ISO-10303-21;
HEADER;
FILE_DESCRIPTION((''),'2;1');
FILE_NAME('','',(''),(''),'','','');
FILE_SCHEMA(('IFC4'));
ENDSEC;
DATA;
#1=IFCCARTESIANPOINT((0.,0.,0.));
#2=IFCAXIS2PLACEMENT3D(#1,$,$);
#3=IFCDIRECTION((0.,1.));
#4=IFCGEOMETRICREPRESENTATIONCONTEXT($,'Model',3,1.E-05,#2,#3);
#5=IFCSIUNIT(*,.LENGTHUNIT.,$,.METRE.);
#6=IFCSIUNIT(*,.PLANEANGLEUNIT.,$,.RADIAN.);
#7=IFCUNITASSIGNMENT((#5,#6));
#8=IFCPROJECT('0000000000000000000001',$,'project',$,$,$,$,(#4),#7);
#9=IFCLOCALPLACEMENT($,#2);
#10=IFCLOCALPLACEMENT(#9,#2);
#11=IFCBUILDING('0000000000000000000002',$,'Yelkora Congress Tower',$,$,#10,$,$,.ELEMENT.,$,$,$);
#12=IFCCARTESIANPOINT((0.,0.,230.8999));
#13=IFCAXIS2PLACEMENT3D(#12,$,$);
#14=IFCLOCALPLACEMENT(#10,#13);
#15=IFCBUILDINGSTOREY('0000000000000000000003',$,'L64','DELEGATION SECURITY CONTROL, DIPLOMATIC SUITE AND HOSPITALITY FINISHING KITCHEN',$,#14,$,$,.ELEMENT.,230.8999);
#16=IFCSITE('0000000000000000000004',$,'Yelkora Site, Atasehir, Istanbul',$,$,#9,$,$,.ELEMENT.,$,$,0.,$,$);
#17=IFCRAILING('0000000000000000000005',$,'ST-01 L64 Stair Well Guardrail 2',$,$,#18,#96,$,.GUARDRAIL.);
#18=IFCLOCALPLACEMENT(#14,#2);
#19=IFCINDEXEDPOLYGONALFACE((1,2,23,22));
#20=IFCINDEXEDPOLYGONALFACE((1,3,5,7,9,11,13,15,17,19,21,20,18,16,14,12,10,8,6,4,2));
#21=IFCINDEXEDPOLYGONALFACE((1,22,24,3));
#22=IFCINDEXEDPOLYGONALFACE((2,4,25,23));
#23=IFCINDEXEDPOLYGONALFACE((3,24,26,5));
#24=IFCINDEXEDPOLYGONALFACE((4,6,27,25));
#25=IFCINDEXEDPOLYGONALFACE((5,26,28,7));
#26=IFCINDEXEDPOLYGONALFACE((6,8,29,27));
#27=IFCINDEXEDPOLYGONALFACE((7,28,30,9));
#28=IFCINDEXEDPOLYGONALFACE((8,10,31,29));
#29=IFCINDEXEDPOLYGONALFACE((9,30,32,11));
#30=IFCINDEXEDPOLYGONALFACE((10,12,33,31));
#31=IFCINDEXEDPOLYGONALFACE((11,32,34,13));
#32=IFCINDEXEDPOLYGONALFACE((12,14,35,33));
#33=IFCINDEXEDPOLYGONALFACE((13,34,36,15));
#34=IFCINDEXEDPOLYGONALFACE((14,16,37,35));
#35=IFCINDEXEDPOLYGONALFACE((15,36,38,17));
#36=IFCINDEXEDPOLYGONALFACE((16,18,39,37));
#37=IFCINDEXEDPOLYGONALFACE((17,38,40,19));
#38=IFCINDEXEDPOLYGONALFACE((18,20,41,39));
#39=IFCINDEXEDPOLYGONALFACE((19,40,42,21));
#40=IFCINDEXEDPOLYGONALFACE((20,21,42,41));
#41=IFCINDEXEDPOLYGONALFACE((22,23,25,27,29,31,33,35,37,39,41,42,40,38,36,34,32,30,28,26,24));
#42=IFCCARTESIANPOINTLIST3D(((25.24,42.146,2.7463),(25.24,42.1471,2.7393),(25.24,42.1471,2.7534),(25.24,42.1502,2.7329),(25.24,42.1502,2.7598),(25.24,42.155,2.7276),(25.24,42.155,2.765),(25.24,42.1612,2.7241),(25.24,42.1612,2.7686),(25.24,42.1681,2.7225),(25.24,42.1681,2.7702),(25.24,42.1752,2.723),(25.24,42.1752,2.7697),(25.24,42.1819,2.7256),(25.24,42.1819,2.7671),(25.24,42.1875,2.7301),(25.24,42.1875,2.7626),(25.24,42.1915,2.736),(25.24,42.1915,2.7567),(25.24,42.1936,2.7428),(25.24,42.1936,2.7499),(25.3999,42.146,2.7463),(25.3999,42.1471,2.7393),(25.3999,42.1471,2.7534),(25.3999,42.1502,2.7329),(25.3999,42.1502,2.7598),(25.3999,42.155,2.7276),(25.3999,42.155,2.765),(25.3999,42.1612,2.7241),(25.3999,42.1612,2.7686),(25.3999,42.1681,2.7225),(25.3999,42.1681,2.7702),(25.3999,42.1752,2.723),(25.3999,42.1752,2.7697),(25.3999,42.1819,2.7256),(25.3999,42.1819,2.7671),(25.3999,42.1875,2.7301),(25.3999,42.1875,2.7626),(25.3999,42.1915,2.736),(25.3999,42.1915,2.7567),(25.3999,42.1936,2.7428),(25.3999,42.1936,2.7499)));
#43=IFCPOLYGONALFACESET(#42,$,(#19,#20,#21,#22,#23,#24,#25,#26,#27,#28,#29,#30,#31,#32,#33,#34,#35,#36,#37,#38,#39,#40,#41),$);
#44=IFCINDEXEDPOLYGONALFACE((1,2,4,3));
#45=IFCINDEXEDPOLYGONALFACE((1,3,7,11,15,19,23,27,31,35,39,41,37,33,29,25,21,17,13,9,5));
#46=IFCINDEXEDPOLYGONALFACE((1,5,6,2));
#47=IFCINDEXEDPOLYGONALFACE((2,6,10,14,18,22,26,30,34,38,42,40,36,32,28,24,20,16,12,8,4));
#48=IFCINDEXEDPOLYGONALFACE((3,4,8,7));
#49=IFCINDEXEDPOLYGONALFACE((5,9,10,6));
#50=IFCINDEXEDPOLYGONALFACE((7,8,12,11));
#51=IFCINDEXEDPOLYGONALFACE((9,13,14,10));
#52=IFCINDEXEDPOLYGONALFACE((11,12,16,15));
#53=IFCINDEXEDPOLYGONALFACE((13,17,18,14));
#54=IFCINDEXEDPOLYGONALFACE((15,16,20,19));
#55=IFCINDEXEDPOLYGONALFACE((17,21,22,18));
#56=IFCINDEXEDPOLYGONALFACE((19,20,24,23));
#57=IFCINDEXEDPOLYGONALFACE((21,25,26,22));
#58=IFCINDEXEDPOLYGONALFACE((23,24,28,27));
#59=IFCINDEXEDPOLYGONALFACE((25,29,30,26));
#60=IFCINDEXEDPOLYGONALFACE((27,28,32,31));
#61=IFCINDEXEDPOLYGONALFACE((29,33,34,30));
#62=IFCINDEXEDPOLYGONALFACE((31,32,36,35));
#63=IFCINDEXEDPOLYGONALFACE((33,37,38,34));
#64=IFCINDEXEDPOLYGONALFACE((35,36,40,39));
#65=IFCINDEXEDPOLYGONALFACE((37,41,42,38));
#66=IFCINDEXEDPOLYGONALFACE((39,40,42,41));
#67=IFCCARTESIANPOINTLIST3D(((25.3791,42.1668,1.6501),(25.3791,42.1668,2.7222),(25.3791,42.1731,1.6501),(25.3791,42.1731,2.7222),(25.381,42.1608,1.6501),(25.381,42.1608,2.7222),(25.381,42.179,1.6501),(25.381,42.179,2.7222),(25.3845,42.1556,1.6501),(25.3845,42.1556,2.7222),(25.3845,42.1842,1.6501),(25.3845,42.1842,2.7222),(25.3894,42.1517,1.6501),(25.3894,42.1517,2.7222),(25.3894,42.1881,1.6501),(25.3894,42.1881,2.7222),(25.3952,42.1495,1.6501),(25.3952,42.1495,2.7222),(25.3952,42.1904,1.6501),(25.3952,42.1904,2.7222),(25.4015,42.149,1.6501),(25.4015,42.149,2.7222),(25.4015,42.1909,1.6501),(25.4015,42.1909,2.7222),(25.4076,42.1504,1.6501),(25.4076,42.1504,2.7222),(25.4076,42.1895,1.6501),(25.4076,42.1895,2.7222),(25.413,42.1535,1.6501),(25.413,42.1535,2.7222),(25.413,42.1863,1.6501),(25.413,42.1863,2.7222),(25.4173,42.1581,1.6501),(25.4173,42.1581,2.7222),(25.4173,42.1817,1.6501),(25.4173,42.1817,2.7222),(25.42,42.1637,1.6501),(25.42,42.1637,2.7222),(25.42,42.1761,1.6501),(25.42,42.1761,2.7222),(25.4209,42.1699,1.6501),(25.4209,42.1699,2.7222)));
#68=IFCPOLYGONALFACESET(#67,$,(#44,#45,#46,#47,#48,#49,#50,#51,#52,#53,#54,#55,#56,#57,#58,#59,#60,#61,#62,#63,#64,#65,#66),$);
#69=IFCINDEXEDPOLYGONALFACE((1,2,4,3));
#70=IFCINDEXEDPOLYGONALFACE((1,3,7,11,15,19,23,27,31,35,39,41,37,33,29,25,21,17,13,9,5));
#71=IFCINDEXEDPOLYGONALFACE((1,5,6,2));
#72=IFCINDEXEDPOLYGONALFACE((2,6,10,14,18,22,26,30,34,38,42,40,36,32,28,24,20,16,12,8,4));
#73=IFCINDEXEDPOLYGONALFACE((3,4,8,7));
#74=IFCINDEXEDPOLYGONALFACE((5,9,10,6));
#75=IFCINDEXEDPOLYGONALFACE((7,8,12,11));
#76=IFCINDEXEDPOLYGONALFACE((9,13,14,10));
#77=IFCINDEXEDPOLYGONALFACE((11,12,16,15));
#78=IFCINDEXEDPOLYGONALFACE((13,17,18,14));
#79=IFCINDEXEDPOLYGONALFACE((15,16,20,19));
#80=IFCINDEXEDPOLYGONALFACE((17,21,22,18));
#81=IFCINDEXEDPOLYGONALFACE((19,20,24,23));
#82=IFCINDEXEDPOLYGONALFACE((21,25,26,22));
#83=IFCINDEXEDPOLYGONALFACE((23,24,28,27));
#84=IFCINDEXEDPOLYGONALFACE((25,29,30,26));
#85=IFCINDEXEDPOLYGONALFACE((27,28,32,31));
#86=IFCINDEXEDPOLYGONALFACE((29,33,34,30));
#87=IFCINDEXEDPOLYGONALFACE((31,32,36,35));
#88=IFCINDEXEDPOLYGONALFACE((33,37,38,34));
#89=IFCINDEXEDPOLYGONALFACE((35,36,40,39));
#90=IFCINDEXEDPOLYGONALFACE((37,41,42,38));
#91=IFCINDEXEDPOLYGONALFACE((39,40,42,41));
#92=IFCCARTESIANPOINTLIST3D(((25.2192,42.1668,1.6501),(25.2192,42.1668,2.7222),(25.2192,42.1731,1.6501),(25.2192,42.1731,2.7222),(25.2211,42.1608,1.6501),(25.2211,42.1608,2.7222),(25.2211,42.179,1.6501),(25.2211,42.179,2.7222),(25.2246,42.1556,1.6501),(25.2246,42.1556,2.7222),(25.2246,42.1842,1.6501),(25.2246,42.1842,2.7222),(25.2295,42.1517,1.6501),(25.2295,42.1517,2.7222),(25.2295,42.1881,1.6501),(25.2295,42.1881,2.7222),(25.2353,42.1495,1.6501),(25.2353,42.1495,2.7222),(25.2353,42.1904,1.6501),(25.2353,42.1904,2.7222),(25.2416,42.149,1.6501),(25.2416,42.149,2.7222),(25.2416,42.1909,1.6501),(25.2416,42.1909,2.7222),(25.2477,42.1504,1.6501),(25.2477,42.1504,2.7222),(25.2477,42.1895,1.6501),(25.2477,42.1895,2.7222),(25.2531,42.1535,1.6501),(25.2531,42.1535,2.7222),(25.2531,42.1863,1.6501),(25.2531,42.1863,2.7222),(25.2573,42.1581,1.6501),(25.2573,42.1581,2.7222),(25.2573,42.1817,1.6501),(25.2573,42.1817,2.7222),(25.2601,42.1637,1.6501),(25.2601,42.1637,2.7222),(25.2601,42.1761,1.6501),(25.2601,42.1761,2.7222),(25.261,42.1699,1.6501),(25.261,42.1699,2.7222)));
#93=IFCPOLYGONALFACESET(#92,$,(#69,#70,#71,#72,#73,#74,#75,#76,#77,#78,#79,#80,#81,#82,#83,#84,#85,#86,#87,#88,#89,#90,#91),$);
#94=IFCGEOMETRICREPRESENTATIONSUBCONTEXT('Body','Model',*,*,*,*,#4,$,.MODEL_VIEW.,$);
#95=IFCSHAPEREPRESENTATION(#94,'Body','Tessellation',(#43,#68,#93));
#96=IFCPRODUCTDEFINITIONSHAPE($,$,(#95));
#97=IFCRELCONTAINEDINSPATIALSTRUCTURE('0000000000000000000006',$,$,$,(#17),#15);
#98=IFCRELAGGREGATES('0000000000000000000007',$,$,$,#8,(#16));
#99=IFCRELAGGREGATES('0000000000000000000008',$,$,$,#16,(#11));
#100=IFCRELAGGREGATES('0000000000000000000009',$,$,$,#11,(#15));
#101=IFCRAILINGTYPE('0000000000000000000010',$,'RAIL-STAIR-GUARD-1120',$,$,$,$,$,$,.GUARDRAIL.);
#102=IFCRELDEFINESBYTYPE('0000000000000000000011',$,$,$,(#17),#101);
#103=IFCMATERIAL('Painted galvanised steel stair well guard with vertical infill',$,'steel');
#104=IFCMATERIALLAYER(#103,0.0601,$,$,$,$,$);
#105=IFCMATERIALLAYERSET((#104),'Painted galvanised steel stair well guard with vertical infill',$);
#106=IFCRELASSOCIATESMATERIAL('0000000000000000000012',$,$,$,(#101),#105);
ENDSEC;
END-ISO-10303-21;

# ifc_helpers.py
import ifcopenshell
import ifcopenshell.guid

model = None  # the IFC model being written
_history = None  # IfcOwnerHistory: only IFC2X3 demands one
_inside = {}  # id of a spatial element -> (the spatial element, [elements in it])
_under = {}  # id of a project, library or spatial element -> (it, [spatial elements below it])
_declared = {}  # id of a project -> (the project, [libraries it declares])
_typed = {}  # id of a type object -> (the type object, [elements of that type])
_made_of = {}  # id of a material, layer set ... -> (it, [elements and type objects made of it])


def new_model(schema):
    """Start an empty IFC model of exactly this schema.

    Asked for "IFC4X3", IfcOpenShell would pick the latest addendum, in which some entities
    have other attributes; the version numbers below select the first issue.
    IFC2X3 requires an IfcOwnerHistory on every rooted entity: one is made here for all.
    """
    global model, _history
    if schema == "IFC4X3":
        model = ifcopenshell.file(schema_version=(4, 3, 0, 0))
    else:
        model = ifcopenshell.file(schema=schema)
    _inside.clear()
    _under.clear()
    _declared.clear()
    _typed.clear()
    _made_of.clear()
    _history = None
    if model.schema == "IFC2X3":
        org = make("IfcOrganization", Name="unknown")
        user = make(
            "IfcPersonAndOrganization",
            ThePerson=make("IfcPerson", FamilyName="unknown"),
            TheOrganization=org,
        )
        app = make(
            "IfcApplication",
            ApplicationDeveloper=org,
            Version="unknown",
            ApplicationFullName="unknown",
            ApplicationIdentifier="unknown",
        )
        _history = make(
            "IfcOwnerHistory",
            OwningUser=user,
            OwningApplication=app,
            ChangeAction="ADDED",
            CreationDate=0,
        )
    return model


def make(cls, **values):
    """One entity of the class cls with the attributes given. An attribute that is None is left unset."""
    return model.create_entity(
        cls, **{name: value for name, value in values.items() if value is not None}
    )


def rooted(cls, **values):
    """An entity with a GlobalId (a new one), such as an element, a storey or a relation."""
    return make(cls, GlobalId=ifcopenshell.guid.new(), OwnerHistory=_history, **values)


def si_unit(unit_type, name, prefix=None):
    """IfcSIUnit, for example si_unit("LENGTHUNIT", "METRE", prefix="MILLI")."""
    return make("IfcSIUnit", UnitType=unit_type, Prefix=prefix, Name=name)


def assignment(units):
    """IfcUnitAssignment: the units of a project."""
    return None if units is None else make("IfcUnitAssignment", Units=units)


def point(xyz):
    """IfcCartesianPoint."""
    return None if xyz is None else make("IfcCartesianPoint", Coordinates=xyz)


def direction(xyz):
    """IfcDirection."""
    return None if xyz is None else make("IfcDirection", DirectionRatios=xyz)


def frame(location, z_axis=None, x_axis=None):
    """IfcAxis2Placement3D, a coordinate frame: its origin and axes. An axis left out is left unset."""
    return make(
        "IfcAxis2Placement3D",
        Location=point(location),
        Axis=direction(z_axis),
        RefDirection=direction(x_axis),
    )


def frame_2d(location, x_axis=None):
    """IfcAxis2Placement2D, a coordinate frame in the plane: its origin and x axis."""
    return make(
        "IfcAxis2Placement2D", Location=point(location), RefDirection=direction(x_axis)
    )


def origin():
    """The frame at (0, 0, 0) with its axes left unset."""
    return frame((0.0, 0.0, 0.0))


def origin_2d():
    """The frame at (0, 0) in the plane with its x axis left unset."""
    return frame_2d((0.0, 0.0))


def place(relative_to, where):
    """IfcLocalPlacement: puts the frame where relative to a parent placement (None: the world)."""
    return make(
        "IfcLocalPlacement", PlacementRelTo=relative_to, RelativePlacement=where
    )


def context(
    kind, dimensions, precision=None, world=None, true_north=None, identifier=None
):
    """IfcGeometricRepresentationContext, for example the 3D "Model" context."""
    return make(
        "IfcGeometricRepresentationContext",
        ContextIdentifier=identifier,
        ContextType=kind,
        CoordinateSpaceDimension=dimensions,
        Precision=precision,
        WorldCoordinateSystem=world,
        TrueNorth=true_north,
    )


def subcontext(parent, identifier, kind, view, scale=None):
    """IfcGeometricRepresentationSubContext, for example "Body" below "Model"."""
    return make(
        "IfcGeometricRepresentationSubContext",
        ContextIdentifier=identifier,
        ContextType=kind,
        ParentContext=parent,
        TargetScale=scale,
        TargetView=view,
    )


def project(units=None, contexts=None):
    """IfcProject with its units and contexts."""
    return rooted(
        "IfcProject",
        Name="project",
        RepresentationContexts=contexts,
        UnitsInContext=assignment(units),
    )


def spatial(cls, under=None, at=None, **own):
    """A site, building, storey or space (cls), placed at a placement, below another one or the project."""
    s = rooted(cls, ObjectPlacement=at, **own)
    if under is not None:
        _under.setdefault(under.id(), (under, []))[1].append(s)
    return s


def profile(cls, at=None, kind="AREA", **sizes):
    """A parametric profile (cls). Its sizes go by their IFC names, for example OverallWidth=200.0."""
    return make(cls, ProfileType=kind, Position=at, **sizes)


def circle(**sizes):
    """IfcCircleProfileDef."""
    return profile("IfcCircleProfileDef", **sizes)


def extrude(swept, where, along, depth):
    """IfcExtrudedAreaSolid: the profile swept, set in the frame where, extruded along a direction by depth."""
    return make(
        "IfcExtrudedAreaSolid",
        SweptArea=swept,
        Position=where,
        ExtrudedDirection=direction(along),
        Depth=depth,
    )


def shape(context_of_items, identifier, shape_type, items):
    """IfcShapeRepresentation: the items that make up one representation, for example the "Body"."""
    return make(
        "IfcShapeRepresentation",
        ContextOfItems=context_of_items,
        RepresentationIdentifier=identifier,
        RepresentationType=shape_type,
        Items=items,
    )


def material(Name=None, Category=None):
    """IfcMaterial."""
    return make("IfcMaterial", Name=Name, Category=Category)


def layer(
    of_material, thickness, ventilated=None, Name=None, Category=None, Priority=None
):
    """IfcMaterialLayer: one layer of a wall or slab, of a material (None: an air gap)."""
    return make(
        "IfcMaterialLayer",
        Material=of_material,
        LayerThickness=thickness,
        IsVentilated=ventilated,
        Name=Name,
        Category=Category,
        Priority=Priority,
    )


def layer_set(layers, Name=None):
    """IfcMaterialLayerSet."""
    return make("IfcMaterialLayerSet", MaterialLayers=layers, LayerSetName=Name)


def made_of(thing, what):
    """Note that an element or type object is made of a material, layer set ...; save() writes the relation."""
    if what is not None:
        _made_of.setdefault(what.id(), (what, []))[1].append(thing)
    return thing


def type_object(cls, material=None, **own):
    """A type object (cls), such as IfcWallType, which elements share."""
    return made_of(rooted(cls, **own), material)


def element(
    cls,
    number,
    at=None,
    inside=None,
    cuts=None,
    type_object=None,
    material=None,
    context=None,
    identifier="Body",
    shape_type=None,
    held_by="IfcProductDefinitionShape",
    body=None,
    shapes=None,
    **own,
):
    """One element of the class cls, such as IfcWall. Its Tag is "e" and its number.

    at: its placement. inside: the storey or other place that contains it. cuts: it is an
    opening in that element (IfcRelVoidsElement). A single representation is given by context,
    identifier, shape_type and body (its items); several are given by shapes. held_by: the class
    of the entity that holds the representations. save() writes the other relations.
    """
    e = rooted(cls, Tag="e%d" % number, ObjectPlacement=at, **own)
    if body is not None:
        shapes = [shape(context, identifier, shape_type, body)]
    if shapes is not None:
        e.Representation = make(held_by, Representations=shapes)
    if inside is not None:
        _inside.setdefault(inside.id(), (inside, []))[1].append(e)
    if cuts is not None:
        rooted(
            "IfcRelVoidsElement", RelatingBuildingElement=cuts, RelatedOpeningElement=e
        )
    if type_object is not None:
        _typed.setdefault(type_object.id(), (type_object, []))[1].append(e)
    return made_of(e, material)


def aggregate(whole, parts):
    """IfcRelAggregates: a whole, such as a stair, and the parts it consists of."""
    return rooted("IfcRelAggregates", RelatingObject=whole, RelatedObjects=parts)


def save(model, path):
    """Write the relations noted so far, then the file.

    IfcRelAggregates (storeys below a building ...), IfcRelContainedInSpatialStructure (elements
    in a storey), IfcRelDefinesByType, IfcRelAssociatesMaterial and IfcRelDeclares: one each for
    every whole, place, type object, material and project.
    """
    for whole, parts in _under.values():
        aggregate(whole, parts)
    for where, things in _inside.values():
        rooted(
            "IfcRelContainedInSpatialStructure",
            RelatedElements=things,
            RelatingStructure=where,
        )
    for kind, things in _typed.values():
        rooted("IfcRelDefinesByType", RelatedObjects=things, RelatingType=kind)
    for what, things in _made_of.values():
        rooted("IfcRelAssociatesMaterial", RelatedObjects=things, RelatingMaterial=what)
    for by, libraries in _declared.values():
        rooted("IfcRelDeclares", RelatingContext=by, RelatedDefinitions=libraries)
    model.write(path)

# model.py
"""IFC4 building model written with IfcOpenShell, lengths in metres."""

from ifc_helpers import new_model, si_unit, direction, frame, origin, origin_2d, place, context, subcontext, project, spatial, circle, extrude, material, layer, layer_set, type_object, element, save


model = new_model("IFC4")

# Units and contexts
model_context = context("Model", 3, precision=1e-05, world=origin(), true_north=direction((0.0, 1.0)))
body_context = subcontext(model_context, "Body", "Model", "MODEL_VIEW")
ifc_project = project(units=[si_unit("LENGTHUNIT", "METRE"), si_unit("PLANEANGLEUNIT", "RADIAN")], contexts=[model_context])

# Site, building, storey
site_placement = place(None, origin())
site = spatial("IfcSite", under=ifc_project, at=site_placement, Name="Yelkora Site, Atasehir, Istanbul", CompositionType="ELEMENT", RefElevation=0.0)
building_placement = place(site_placement, origin())
building = spatial("IfcBuilding", under=site, at=building_placement, Name="Yelkora Congress Tower", CompositionType="ELEMENT")
storey_placement = place(building_placement, frame((0.0, 0.0, 230.8999)))
storey = spatial("IfcBuildingStorey", under=building, at=storey_placement, Name="L64", Description="DELEGATION SECURITY CONTROL, DIPLOMATIC SUITE AND HOSPITALITY FINISHING KITCHEN", CompositionType="ELEMENT", Elevation=230.8999)

# Railing
ifc_material_1 = material(Name="Painted galvanised steel stair well guard with vertical infill", Category="steel")
ifc_layer_1 = layer(ifc_material_1, 0.0601)
ifc_layer_set_1 = layer_set([ifc_layer_1], Name="Painted galvanised steel stair well guard with vertical infill")
railing_type_1 = type_object("IfcRailingType", Name="RAIL-STAIR-GUARD-1120", PredefinedType="GUARDRAIL", material=ifc_layer_set_1)
railing_1_placement = place(storey_placement, frame((25.3999, 42.1699, 1.6501)))
element("IfcRailing", 1, at=railing_1_placement, inside=storey, type_object=railing_type_1, Name="ST-01 L64 Stair Well Guardrail 2", PredefinedType="GUARDRAIL", context=body_context, shape_type="SweptSolid", body=[
    extrude(circle(Radius=0.0239, at=origin_2d()), frame((0.0, 0.0, 1.0962), z_axis=(-1.0, 0.0, 0.0), x_axis=(0.0, -1.0, 0.0)), (0.0, 0.0, 1.0), 0.1599),
    extrude(circle(Radius=0.021, at=origin_2d()), origin(), (0.0, 0.0, 1.0), 1.072),
    extrude(circle(Radius=0.021, at=origin_2d()), frame((-0.1599, 0.0, 0.0)), (0.0, 0.0, 1.0), 1.072),
])

save(model, "model.ifc")
